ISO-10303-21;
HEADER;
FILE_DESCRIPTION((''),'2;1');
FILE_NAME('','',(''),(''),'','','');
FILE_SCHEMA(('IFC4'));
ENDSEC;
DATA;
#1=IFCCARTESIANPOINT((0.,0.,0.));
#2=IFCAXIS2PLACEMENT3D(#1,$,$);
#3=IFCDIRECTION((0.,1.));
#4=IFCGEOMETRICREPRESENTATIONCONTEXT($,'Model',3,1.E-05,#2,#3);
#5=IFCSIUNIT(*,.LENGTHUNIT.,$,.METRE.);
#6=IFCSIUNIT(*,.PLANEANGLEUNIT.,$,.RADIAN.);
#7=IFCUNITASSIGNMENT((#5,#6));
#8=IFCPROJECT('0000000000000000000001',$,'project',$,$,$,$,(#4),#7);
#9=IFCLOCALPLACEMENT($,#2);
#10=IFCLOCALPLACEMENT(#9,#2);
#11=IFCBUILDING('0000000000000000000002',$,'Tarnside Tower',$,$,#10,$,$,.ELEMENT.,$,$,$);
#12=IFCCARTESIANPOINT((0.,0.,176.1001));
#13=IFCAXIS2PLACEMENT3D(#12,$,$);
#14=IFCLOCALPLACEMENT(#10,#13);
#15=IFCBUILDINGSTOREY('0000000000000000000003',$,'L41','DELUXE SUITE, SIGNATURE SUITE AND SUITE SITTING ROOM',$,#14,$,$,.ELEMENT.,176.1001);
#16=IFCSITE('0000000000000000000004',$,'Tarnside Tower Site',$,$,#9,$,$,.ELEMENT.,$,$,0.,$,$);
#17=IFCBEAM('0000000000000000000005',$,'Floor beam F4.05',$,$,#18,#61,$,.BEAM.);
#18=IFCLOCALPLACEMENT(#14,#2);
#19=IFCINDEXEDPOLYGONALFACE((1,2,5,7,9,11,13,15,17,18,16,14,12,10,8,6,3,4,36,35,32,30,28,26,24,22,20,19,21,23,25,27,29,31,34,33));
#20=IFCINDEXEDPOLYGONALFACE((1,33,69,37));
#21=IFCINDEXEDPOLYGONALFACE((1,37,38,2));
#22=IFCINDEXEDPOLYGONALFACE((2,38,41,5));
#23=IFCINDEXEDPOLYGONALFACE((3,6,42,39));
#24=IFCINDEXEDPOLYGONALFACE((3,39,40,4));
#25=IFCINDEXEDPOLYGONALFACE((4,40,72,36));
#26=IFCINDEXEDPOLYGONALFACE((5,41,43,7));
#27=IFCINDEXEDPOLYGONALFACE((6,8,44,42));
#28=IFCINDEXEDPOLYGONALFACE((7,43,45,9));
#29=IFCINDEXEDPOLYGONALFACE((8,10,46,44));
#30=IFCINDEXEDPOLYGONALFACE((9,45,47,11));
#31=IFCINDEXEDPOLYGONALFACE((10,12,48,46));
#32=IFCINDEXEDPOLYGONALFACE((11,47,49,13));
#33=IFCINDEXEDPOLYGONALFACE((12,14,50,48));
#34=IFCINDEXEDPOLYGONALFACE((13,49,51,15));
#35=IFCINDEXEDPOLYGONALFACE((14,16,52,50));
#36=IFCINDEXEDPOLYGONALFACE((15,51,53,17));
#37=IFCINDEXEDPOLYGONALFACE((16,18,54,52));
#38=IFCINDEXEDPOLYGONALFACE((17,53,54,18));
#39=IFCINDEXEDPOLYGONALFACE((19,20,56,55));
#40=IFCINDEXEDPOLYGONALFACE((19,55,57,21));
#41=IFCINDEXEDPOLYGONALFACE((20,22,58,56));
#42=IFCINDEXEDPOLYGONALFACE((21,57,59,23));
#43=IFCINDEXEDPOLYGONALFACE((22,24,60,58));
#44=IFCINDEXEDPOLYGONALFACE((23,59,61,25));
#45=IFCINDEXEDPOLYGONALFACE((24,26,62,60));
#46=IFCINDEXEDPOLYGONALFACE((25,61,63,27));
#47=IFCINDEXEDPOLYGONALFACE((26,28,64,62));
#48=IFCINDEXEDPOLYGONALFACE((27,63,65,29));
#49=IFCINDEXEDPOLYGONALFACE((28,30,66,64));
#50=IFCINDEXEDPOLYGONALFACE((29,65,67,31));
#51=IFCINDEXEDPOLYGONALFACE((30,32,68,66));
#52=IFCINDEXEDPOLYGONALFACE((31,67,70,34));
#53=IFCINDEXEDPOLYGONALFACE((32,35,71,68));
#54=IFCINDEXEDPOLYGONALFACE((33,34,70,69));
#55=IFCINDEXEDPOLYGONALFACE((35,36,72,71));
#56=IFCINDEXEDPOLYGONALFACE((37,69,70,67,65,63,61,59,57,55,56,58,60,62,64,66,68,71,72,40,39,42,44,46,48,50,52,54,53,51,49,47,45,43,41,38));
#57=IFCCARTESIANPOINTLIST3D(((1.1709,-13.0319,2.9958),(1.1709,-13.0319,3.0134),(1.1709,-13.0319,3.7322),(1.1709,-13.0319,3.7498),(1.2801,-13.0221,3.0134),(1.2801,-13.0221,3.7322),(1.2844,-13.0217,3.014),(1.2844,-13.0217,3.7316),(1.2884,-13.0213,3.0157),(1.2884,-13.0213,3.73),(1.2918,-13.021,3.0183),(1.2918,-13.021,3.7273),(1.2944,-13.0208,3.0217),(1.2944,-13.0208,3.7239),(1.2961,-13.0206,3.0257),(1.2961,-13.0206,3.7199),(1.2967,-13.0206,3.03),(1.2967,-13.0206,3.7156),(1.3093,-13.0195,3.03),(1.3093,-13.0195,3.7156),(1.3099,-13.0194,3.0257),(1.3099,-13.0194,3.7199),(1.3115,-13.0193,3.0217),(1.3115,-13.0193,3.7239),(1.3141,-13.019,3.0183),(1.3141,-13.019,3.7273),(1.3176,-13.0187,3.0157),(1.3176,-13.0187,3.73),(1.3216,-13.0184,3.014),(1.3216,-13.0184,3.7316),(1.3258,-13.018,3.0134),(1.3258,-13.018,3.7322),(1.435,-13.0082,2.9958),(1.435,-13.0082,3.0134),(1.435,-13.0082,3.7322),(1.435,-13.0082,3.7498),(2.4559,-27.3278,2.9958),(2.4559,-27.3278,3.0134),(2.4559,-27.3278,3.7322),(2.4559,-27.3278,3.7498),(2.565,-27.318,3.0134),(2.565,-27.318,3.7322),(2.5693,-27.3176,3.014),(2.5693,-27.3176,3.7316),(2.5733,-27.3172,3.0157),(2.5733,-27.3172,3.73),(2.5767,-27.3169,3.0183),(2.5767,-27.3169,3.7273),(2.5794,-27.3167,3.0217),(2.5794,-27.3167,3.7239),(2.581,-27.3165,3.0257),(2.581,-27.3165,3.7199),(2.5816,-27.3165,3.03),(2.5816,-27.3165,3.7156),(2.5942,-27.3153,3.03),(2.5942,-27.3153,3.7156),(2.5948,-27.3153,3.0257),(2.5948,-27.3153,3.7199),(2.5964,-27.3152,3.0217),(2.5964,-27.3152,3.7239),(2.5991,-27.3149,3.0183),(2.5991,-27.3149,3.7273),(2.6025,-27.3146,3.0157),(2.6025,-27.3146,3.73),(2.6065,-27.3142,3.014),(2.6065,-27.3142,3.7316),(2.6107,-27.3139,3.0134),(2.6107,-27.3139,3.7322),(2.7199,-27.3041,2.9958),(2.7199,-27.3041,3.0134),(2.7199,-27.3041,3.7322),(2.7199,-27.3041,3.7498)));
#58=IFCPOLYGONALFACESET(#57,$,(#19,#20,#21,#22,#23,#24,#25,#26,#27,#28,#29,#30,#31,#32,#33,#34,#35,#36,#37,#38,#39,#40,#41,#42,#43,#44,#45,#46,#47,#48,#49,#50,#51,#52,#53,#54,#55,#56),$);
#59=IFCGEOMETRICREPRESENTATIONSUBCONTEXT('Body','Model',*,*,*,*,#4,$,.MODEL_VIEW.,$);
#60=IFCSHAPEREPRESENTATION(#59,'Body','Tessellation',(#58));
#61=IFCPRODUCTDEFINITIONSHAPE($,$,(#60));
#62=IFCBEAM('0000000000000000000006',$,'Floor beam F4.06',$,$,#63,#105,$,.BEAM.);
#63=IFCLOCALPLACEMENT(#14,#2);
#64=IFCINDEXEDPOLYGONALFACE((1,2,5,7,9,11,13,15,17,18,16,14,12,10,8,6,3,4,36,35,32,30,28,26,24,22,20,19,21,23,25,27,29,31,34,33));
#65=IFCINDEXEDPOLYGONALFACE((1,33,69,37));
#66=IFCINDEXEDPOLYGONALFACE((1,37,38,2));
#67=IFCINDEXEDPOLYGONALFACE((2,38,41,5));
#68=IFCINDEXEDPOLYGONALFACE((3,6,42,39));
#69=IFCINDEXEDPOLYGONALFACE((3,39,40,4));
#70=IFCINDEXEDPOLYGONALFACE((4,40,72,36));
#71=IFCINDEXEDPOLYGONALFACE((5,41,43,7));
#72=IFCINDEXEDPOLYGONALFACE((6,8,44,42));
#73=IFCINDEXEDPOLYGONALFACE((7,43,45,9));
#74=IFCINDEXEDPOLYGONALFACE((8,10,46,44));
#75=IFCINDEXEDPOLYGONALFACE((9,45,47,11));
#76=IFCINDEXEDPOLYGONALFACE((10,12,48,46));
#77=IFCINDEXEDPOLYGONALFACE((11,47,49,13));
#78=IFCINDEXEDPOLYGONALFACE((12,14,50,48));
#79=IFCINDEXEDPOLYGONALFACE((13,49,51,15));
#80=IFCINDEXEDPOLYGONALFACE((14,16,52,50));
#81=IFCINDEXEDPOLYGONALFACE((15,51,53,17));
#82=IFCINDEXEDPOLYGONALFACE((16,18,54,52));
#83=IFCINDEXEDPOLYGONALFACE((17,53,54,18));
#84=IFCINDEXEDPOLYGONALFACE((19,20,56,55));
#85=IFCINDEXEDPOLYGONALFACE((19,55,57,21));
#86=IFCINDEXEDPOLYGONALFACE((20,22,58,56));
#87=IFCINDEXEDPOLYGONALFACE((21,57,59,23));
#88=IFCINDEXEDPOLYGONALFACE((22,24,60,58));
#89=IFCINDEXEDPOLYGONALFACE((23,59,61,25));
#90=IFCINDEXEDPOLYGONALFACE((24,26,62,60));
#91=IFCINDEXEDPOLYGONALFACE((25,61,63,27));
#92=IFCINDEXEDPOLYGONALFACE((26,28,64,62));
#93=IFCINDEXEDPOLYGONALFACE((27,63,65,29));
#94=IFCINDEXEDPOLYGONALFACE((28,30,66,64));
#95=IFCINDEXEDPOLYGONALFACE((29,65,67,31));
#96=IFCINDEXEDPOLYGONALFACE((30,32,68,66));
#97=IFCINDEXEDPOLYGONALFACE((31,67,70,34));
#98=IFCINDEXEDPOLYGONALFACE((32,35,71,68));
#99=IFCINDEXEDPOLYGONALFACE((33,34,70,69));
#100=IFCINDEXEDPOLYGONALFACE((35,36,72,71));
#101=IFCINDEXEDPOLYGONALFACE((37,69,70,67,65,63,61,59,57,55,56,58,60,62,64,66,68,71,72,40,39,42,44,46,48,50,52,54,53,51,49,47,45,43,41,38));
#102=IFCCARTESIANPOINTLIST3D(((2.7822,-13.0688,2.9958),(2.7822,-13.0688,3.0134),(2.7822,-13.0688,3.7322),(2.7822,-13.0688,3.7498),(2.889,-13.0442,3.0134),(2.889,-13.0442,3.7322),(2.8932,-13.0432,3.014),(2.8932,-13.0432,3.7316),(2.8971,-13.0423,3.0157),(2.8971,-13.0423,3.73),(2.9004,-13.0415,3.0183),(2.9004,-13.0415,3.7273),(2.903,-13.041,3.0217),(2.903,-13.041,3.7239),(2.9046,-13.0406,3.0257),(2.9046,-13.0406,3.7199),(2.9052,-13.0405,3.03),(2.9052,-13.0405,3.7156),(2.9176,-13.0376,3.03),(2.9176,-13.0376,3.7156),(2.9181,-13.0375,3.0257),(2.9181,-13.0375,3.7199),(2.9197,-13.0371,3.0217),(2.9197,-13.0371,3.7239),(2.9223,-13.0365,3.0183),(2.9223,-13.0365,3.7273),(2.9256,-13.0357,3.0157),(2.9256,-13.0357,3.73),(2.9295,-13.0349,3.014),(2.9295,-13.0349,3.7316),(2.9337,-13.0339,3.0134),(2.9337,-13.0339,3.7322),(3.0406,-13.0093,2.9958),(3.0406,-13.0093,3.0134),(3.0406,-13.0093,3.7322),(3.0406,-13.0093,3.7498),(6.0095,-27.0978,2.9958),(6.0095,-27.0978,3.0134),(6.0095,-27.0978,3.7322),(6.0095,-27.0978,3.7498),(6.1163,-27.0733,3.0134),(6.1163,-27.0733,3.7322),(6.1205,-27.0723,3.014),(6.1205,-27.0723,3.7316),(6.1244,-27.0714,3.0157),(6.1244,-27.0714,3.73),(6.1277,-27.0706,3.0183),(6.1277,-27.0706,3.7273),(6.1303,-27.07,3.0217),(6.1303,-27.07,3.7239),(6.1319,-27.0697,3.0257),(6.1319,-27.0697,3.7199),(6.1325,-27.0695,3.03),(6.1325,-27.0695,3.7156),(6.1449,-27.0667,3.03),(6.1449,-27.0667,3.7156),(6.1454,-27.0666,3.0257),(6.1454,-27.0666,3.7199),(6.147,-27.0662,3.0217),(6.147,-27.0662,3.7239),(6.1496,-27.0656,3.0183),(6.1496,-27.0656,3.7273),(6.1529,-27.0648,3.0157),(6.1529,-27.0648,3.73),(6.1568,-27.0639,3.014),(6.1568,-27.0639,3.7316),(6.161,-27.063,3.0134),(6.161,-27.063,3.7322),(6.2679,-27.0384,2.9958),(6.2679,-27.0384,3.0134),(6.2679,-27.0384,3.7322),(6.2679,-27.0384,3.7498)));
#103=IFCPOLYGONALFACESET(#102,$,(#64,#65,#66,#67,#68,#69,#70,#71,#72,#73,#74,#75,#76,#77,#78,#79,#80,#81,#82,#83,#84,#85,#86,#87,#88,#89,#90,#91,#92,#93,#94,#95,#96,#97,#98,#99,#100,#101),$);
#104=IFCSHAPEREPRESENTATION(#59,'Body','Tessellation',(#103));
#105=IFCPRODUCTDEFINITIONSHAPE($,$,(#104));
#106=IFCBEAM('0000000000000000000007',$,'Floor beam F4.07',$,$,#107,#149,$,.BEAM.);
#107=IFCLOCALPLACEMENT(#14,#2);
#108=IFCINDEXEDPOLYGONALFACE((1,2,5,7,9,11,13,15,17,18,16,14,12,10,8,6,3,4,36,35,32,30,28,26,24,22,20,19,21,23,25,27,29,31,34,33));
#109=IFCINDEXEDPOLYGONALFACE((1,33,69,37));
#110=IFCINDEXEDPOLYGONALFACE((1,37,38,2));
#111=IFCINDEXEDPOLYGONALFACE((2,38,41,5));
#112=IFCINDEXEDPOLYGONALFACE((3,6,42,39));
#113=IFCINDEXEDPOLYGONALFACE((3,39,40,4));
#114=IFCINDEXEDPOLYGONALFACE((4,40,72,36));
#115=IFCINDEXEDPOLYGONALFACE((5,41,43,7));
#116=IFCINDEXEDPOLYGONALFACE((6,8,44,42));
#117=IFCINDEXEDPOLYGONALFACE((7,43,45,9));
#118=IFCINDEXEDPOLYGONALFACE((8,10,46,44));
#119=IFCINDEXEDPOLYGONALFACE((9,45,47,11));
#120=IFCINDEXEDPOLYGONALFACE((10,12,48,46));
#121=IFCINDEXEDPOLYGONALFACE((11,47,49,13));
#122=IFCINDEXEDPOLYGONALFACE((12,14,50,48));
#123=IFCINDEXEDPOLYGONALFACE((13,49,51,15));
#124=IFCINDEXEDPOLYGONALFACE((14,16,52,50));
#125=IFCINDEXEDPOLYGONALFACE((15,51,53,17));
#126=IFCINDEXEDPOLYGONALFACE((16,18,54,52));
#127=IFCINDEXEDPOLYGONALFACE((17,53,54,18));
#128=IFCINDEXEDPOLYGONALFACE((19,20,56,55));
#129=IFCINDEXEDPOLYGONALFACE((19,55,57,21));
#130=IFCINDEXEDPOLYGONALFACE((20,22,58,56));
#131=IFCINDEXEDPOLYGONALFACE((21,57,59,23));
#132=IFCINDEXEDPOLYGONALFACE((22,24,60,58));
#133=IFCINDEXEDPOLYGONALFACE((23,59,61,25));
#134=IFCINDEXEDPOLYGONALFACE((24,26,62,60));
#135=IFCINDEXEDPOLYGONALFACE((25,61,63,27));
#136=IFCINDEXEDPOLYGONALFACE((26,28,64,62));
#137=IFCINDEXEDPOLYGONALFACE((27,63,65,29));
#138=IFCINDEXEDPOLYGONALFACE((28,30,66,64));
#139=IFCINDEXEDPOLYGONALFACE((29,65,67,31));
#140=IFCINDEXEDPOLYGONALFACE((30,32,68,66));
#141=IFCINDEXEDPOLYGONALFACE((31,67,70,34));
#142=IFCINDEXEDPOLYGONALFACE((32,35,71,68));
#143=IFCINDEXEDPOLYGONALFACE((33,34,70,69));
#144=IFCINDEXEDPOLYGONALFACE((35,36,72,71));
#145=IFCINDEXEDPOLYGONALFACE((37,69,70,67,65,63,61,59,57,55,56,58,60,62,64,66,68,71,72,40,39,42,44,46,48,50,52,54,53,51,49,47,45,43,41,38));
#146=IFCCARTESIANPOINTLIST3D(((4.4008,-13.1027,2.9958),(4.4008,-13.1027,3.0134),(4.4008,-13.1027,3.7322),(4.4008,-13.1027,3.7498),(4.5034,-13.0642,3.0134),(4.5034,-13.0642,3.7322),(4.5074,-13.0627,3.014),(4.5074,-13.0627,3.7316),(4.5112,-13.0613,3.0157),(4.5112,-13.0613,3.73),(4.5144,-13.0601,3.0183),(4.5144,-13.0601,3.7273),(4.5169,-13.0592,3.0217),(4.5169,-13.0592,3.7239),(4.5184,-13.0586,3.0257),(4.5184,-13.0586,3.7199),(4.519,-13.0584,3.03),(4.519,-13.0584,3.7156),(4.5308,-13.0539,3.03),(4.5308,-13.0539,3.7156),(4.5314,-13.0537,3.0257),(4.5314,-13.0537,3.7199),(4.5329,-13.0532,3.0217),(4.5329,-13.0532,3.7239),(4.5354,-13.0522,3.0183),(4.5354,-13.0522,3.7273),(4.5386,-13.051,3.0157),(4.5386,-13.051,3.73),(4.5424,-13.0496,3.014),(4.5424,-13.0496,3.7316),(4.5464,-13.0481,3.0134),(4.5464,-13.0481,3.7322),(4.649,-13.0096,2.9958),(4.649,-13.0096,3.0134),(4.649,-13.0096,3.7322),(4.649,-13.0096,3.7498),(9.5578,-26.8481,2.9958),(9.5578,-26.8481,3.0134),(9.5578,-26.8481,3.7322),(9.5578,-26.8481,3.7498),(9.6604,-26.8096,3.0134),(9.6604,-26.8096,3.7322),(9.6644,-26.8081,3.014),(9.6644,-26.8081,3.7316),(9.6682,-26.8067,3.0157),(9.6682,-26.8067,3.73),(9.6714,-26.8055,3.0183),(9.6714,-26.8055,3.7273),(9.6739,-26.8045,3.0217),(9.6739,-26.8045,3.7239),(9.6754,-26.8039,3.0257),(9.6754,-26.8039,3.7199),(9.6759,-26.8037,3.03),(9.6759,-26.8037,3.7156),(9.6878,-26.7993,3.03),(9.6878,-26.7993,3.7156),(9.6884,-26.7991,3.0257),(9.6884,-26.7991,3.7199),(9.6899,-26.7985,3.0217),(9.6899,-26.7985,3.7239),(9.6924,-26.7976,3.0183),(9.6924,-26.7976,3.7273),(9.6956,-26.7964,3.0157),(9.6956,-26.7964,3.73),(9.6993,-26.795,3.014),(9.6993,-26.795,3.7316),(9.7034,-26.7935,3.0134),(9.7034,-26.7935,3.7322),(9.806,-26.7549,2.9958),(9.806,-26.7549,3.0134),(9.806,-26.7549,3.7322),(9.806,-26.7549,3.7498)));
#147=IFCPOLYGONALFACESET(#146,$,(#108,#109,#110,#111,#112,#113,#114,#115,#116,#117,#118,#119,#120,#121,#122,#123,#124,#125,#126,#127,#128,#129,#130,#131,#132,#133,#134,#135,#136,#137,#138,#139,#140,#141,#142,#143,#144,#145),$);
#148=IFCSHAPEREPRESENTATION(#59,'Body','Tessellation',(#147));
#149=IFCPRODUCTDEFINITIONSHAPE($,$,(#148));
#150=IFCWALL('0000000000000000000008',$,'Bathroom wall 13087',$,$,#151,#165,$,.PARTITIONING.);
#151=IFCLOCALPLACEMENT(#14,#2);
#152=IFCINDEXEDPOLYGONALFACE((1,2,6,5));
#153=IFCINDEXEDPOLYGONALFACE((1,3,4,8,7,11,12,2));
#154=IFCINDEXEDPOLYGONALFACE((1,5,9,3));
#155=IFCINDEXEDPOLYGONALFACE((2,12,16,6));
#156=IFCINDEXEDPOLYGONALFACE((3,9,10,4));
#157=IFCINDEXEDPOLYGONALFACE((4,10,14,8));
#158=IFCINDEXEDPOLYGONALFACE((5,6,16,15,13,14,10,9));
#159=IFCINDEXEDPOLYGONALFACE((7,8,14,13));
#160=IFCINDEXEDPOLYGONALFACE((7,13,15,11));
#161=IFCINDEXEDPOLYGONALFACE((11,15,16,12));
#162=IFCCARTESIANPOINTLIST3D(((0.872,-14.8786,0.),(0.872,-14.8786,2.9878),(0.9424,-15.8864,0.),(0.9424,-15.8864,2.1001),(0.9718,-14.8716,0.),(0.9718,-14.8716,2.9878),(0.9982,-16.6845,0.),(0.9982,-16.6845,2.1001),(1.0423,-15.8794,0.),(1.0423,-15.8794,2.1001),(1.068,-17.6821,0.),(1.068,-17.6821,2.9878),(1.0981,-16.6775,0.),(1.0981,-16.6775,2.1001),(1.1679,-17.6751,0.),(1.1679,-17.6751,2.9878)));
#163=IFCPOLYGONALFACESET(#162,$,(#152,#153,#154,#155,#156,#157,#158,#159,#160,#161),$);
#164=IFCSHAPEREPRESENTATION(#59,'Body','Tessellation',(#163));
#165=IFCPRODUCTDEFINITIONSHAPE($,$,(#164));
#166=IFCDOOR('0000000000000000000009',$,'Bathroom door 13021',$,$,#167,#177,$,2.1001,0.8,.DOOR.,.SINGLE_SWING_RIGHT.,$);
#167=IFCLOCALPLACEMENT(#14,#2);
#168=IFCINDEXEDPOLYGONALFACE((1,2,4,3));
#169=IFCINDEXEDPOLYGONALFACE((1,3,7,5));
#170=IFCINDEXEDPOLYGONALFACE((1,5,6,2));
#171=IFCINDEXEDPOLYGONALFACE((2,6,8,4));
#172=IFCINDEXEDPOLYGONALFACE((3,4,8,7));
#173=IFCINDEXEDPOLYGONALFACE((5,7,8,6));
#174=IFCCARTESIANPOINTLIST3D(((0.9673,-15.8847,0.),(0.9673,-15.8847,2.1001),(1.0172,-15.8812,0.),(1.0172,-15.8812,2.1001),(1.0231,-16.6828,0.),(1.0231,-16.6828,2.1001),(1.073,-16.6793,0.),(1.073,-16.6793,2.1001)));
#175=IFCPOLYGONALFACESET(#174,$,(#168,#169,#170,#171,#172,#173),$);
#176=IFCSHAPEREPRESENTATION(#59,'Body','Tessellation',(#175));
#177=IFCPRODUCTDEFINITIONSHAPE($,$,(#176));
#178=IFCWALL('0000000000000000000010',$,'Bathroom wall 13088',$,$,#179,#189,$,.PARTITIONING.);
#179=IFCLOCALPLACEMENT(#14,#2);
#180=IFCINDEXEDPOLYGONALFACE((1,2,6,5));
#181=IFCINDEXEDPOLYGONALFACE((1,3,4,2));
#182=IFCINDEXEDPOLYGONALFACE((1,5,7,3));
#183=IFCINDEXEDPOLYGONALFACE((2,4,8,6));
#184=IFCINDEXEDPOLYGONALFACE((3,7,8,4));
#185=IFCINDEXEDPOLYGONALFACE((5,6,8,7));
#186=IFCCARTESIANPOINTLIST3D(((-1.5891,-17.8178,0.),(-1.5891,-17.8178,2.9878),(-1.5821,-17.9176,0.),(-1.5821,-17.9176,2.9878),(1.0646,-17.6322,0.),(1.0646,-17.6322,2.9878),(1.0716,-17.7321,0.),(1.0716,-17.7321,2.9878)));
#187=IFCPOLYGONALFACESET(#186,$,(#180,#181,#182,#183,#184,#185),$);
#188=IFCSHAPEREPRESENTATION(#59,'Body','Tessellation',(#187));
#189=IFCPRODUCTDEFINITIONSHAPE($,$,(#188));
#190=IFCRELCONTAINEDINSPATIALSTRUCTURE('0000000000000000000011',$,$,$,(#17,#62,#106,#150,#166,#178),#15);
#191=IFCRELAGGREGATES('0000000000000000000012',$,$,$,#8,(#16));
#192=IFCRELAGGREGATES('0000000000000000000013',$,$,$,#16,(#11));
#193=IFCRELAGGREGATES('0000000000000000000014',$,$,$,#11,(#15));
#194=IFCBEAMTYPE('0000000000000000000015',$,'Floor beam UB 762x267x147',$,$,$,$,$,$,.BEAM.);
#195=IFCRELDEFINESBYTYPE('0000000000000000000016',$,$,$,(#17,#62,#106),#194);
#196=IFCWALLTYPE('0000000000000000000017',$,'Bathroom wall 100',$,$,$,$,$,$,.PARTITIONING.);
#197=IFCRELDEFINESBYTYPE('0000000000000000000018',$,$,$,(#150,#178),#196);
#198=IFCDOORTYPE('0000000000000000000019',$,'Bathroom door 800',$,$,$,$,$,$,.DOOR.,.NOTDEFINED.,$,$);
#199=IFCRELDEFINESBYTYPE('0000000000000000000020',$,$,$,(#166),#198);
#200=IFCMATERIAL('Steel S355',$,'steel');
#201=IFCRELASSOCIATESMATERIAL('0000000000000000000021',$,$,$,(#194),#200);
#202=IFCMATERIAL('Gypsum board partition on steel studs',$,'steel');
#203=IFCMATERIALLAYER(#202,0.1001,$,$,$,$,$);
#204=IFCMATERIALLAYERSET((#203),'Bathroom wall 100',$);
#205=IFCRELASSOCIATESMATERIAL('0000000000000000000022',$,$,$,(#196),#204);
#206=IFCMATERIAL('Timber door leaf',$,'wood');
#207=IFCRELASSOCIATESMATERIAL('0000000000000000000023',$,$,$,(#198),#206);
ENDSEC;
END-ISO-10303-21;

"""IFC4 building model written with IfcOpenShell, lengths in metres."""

from ifc_helpers import new_model, si_unit, direction, frame, frame_2d, origin, origin_2d, place, context, subcontext, project, spatial, rectangle, i_section, extrude, material, layer, layer_set, material_profile, profile_set, type_object, element, fill, save


model = new_model("IFC4")

# Units and contexts
model_context = context("Model", 3, precision=1e-05, world=origin(), true_north=direction((0.0, 1.0)))
body_context = subcontext(model_context, "Body", "Model", "MODEL_VIEW")
ifc_project = project(units=[si_unit("LENGTHUNIT", "METRE"), si_unit("PLANEANGLEUNIT", "RADIAN")], contexts=[model_context])

# Site, building, storey
site_placement = place(None, origin())
site = spatial("IfcSite", under=ifc_project, at=site_placement, Name="Tarnside Tower Site", CompositionType="ELEMENT", RefElevation=0.0)
building_placement = place(site_placement, origin())
building = spatial("IfcBuilding", under=site, at=building_placement, Name="Tarnside Tower", CompositionType="ELEMENT")
storey_placement = place(building_placement, frame((0.0, 0.0, 176.1001)))
storey = spatial("IfcBuildingStorey", under=building, at=storey_placement, Name="L41", Description="DELUXE SUITE, SIGNATURE SUITE AND SUITE SITTING ROOM", CompositionType="ELEMENT", Elevation=176.1001)

# Beams
ifc_material_1 = material(Name="Steel S355", Category="steel")
ifc_material_profile = material_profile(ifc_material_1, i_section(OverallWidth=0.2651, OverallDepth=0.7539, WebThickness=0.0127, FlangeThickness=0.0176, FilletRadius=0.0166, at=origin_2d()), Name="UB 762x267x147")
ifc_profile_set = profile_set([ifc_material_profile], Name="Steel S355")
beam_type = type_object("IfcBeamType", Name="Floor beam UB 762x267x147", PredefinedType="BEAM", material=ifc_profile_set)
beam_1_placement = place(storey_placement, frame((2.5879, -27.3159, 3.3728), z_axis=(-0.089519, 0.995985, 0.0), x_axis=(-0.995985, -0.089519, 0.0)))
element("IfcBeam", 1, at=beam_1_placement, inside=storey, type_object=beam_type, Name="Floor beam F4.05", PredefinedType="BEAM", context=body_context, shape_type="SweptSolid", body=[
    extrude(i_section(OverallWidth=0.2651, OverallDepth=0.7539, WebThickness=0.0127, FlangeThickness=0.0176, FilletRadius=0.0166, at=origin_2d()), origin(), (0.0, 0.0, 1.0), 14.3535),
])
beam_2_placement = place(storey_placement, frame((6.1387, -27.0681, 3.3728), z_axis=(-0.224188, 0.974546, 0.0), x_axis=(-0.974546, -0.224188, 0.0)))
element("IfcBeam", 2, at=beam_2_placement, inside=storey, type_object=beam_type, Name="Floor beam F4.06", PredefinedType="BEAM", context=body_context, shape_type="SweptSolid", body=[
    extrude(i_section(OverallWidth=0.2651, OverallDepth=0.7539, WebThickness=0.0127, FlangeThickness=0.0176, FilletRadius=0.0166, at=origin_2d()), origin(), (0.0, 0.0, 1.0), 14.3955),
])
beam_3_placement = place(storey_placement, frame((9.6819, -26.8015, 3.3728), z_axis=(-0.351271, 0.936274, 0.0), x_axis=(-0.936274, -0.351271, 0.0)))
element("IfcBeam", 3, at=beam_3_placement, inside=storey, type_object=beam_type, Name="Floor beam F4.07", PredefinedType="BEAM", context=body_context, shape_type="SweptSolid", body=[
    extrude(i_section(OverallWidth=0.2651, OverallDepth=0.7539, WebThickness=0.0127, FlangeThickness=0.0176, FilletRadius=0.0166, at=origin_2d()), origin(), (0.0, 0.0, 1.0), 14.6809),
])

# Wall, opening, door
ifc_material_2 = material(Name="Gypsum board partition on steel studs", Category="steel")
ifc_layer_1 = layer(ifc_material_2, 0.1001)
ifc_layer_set_1 = layer_set([ifc_layer_1], Name="Bathroom wall 100")
wall_type_1 = type_object("IfcWallType", Name="Bathroom wall 100", PredefinedType="PARTITIONING", material=ifc_layer_set_1)
wall_1_placement = place(storey_placement, frame((0.9219, -14.875, 0.0), z_axis=(0.0, 0.0, 1.0), x_axis=(0.069759, -0.997564, 0.0)))
wall_1 = element("IfcWall", 4, at=wall_1_placement, inside=storey, type_object=wall_type_1, Name="Bathroom wall 13087", PredefinedType="PARTITIONING", context=body_context, shape_type="SweptSolid", body=[
    extrude(rectangle(XDim=2.8103, YDim=0.1001, at=frame_2d((1.4053, 0.0))), origin(), (0.0, 0.0, 1.0), 2.9878),
])
opening_1_placement = place(wall_1_placement, frame((1.0105, 0.0, 0.0)))
opening_1 = element("IfcOpeningElement", 5, at=opening_1_placement, cuts=wall_1, PredefinedType="OPENING", context=body_context, shape_type="SweptSolid", body=[
    extrude(rectangle(XDim=0.8, YDim=2.1001, at=frame_2d((0.3999, 1.05))), frame((0.0, 0.0601, 0.0), z_axis=(0.0, -1.0, 0.0), x_axis=(1.0, 0.0, 0.0)), (0.0, 0.0, 1.0), 0.1201),
])
ifc_material_3 = material(Name="Timber door leaf", Category="wood")
door_type_1 = type_object("IfcDoorType", Name="Bathroom door 800", OperationType="NOTDEFINED", PredefinedType="DOOR", material=ifc_material_3)
door_1_placement = place(opening_1_placement, origin())
door_1 = element("IfcDoor", 6, at=door_1_placement, inside=storey, type_object=door_type_1, Name="Bathroom door 13021", OperationType="SINGLE_SWING_RIGHT", OverallHeight=2.1001, OverallWidth=0.8, PredefinedType="DOOR", context=body_context, shape_type="SweptSolid", body=[
    extrude(rectangle(XDim=0.8, YDim=2.1001, at=frame_2d((0.3999, 1.05))), frame((0.0, 0.0249, 0.0), z_axis=(0.0, -1.0, 0.0), x_axis=(1.0, 0.0, 0.0)), (0.0, 0.0, 1.0), 0.05),
])
fill(opening_1, door_1)

# Wall
wall_2_placement = place(storey_placement, frame((1.0681, -17.6821, 0.0), z_axis=(0.0, 0.0, 1.0), x_axis=(-0.997564, -0.069753, 0.0)))
element("IfcWall", 7, at=wall_2_placement, inside=storey, type_object=wall_type_1, Name="Bathroom wall 13088", PredefinedType="PARTITIONING", context=body_context, shape_type="SweptSolid", body=[
    extrude(rectangle(XDim=2.6602, YDim=0.1001, at=frame_2d((1.3301, 0.0))), origin(), (0.0, 0.0, 1.0), 2.9878),
])

save(model, "model.ifc")
